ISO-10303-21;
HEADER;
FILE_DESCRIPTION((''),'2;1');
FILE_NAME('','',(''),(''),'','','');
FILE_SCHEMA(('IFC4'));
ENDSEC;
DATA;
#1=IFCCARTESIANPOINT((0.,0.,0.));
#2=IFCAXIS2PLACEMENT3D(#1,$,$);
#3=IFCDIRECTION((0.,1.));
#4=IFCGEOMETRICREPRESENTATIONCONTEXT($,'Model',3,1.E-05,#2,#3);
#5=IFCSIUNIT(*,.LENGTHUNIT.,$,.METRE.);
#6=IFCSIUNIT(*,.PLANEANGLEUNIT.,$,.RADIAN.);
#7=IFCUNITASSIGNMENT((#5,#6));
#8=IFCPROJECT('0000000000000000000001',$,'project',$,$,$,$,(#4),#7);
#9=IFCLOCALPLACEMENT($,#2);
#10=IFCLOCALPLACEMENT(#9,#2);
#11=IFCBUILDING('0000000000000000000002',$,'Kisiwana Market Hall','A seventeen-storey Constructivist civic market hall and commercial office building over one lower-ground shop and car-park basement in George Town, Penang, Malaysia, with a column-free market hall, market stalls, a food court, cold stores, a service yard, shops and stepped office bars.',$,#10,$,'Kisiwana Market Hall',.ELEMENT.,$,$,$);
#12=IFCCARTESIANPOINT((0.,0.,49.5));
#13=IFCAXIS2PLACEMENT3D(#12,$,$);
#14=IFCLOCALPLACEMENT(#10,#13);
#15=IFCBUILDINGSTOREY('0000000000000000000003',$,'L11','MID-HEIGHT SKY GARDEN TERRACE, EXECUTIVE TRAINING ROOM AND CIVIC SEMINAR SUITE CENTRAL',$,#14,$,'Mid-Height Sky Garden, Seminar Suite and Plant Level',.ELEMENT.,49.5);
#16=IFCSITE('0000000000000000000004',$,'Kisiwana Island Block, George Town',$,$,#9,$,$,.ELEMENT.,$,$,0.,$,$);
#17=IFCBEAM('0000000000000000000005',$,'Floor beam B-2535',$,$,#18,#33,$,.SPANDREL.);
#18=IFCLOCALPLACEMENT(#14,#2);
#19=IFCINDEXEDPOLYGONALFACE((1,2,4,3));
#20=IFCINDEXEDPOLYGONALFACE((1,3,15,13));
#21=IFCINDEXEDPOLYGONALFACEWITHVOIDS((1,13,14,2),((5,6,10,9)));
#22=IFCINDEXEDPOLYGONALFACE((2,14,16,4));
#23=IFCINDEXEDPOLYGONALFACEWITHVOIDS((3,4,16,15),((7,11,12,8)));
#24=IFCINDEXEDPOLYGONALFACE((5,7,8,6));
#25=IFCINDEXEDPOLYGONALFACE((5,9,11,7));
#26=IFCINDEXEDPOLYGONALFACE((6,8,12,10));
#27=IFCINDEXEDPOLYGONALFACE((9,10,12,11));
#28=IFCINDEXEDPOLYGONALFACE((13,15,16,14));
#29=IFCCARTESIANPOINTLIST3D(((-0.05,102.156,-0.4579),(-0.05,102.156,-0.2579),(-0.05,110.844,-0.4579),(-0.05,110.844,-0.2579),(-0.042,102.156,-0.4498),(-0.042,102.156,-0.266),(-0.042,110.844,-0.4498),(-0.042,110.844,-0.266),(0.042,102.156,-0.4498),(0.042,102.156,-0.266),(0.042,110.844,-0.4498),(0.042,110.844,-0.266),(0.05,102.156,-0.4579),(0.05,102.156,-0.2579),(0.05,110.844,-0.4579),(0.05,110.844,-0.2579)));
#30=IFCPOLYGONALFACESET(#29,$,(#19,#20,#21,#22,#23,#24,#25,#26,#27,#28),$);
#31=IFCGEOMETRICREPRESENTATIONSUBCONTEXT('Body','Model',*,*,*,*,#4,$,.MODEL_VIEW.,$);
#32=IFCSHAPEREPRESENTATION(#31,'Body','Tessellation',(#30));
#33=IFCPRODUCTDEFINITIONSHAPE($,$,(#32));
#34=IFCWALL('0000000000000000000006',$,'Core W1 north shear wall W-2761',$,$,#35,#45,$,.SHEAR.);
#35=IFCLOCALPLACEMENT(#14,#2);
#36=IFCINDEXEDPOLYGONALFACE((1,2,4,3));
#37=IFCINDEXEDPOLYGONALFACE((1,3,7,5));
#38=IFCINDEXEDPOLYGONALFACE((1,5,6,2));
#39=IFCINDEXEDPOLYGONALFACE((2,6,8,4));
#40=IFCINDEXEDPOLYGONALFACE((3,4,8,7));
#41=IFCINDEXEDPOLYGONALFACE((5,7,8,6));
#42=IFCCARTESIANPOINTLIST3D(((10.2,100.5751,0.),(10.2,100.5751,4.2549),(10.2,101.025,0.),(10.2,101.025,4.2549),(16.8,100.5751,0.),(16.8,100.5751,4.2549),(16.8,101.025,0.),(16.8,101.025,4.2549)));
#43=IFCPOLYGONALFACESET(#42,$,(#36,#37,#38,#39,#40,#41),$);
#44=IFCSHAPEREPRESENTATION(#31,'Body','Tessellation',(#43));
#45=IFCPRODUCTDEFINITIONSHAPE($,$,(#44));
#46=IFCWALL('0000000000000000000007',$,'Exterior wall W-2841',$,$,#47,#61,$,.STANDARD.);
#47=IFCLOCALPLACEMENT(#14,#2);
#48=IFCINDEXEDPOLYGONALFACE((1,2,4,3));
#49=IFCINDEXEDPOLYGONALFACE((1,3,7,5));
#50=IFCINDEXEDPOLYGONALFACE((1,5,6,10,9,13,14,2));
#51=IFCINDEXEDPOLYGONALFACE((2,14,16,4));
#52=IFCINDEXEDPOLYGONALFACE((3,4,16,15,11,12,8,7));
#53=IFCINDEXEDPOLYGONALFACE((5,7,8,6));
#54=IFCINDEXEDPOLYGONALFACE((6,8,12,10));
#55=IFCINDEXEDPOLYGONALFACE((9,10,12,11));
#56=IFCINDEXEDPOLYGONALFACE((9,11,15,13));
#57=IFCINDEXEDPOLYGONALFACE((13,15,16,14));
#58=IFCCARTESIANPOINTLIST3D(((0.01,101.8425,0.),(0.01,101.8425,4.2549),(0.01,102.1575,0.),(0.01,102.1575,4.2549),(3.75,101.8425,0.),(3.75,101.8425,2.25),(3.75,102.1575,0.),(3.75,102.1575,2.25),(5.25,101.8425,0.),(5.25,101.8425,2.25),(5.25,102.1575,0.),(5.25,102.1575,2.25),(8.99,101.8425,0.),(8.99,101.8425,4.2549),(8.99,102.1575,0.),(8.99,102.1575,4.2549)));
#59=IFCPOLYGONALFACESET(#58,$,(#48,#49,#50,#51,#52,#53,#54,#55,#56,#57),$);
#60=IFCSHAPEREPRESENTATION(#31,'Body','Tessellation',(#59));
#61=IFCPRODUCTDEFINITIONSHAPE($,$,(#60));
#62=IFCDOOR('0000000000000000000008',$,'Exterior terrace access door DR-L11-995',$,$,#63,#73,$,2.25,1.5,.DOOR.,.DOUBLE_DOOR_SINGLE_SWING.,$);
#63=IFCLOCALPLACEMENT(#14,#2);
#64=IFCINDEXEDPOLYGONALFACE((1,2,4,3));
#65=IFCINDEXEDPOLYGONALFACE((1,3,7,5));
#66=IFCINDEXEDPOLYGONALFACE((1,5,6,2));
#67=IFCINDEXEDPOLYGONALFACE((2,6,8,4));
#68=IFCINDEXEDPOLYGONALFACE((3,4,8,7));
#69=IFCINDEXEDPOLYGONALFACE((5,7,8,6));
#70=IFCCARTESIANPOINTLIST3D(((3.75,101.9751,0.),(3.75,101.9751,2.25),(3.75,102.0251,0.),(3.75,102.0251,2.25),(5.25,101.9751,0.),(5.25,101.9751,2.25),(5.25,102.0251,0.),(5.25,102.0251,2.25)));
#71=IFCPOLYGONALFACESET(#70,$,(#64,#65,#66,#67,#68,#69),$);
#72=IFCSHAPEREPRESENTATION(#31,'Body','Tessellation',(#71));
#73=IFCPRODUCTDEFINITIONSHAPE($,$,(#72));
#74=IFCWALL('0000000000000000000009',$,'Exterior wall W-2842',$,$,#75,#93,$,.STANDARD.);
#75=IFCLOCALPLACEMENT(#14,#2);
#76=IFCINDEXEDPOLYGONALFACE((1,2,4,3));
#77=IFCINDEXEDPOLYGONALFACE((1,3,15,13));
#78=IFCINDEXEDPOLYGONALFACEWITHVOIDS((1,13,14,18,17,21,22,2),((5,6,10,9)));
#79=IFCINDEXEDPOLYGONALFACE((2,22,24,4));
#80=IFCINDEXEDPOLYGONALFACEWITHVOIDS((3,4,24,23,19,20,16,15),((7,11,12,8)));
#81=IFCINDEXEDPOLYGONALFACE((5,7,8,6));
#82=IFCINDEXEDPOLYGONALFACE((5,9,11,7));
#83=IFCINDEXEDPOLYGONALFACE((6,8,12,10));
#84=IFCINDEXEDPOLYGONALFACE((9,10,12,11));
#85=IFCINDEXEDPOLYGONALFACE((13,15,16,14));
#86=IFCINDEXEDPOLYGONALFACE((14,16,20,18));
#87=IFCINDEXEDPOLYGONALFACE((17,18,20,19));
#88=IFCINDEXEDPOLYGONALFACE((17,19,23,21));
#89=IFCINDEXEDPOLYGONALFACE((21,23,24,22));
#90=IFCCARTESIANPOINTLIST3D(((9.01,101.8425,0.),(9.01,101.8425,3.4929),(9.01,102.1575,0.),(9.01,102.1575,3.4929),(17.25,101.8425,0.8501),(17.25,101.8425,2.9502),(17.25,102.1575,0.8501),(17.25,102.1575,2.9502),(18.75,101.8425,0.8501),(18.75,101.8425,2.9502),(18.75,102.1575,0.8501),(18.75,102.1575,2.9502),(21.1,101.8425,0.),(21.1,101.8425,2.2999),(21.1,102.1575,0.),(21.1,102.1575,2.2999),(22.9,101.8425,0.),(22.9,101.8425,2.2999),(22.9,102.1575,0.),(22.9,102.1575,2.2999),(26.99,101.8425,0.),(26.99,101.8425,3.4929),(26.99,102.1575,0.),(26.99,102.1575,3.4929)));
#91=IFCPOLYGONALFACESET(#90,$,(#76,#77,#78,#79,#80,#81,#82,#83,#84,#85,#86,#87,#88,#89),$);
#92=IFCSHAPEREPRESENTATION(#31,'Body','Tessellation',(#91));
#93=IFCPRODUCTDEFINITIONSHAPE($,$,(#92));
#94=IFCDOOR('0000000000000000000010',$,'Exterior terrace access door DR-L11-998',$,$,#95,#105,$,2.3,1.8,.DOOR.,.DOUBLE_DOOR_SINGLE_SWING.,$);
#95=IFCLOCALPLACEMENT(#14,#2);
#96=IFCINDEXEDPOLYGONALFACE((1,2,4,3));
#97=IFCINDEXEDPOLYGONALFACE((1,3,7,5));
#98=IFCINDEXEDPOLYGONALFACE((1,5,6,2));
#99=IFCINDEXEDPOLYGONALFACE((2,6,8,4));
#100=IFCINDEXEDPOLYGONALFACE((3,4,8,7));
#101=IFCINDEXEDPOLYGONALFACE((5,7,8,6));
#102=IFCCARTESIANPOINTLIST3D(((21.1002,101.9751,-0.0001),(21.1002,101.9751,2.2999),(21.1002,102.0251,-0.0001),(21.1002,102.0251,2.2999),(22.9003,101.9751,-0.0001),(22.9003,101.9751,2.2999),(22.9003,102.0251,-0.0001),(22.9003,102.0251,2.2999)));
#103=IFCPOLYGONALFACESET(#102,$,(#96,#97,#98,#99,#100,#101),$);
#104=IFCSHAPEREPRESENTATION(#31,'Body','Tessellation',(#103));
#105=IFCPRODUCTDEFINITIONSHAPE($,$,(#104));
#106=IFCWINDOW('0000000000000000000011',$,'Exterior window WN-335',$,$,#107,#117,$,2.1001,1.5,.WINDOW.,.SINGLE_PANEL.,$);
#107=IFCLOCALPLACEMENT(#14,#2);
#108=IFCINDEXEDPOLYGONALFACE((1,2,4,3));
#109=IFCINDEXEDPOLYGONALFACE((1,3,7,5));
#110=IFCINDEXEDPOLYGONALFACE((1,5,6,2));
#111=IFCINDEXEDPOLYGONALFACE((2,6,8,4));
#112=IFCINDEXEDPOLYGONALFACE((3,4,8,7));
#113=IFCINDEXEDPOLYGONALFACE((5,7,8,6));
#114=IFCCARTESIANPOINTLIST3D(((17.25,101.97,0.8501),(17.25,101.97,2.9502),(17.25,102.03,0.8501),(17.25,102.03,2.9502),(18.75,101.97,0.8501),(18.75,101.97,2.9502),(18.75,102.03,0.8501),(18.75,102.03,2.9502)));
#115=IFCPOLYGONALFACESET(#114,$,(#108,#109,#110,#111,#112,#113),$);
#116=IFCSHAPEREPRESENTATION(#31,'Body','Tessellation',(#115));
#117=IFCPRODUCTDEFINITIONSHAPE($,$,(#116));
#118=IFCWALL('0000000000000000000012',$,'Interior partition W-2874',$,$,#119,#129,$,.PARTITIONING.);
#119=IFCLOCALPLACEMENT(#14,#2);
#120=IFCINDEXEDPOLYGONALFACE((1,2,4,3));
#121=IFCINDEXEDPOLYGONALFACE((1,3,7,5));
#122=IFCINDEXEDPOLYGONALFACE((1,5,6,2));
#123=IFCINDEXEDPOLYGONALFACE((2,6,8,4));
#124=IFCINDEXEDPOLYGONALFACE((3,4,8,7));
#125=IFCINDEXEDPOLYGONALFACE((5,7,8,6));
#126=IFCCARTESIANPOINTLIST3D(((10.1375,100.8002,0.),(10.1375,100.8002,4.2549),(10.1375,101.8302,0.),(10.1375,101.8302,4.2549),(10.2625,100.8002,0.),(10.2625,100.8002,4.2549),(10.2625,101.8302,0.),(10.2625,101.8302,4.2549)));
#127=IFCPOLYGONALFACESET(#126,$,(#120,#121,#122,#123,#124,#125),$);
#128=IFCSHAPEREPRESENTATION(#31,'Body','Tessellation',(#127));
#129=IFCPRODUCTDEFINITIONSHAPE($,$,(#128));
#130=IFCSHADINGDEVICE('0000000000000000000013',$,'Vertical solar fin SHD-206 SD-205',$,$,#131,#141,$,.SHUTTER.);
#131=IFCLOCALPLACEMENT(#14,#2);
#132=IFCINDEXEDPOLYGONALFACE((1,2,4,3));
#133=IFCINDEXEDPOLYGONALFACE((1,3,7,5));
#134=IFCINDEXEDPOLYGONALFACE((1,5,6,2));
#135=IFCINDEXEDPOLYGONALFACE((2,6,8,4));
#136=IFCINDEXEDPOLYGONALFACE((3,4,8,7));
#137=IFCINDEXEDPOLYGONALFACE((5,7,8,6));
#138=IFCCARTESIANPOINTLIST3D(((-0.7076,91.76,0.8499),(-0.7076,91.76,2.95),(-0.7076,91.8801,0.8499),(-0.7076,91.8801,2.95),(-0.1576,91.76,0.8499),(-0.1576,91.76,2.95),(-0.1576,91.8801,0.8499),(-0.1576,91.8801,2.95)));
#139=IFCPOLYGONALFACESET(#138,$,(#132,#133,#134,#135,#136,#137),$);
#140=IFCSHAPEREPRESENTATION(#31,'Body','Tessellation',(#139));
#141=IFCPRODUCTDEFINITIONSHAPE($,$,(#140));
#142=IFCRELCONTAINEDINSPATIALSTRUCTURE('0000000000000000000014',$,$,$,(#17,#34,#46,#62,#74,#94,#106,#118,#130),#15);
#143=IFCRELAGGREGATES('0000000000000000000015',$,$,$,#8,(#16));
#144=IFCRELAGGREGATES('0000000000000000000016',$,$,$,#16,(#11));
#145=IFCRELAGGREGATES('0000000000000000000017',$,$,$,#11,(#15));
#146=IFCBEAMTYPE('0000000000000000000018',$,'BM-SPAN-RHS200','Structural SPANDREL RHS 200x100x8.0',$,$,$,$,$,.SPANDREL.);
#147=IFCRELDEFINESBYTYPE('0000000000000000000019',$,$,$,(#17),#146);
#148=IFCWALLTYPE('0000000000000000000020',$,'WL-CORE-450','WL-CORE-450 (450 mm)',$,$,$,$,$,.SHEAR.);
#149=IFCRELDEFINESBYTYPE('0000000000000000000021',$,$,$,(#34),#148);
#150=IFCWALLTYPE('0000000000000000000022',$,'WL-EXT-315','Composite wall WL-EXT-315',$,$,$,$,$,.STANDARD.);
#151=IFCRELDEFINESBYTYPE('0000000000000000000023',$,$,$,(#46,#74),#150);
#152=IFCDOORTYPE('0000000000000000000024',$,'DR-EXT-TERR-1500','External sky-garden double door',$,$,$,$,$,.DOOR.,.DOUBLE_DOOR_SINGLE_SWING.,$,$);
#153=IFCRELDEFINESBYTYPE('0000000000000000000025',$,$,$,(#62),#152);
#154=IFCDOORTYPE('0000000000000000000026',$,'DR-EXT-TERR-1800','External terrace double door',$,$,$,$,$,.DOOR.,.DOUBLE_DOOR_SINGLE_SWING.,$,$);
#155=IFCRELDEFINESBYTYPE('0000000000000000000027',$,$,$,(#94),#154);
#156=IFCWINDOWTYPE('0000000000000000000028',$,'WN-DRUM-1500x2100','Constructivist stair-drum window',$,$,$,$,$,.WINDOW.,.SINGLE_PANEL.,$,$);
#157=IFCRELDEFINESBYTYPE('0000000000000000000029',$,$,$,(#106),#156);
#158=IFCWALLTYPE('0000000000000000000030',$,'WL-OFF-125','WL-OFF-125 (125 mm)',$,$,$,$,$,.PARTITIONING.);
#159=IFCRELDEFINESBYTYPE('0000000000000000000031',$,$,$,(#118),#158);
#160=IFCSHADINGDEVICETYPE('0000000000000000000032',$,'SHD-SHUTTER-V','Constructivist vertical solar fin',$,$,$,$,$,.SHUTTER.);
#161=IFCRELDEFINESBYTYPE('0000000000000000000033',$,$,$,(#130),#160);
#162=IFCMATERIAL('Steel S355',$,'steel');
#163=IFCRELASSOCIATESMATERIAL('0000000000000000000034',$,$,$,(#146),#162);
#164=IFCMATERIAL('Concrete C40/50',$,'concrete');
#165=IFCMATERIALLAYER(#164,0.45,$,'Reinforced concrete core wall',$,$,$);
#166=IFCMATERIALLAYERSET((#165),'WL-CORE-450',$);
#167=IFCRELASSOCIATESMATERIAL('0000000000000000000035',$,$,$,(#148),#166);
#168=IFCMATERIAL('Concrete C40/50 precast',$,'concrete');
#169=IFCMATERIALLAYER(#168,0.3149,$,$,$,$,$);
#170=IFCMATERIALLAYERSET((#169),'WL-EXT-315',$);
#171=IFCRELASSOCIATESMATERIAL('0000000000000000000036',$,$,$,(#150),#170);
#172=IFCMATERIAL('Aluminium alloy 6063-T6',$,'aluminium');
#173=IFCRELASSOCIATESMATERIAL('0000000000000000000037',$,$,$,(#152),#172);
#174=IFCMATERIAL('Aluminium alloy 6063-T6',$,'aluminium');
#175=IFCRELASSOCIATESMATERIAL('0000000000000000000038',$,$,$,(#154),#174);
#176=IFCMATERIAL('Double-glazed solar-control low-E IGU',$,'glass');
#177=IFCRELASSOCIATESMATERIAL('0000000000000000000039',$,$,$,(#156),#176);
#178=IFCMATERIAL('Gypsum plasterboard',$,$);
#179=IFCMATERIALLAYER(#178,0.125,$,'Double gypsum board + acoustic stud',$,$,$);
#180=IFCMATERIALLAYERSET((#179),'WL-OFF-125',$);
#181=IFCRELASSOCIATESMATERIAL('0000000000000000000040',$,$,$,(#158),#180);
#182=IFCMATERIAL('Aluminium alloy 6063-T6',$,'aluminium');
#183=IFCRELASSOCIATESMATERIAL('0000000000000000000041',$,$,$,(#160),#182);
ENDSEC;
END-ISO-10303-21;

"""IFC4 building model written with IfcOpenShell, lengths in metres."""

from ifc_helpers import new_model, si_unit, direction, frame, frame_2d, origin, origin_2d, place, context, subcontext, project, spatial, rectangle, hollow_rectangle, extrude, material, layer, layer_set, material_profile, profile_set, type_object, element, fill, save


model = new_model("IFC4")

# Units and contexts
model_context = context("Model", 3, precision=1e-05, world=origin(), true_north=direction((0.0, 1.0)))
body_context = subcontext(model_context, "Body", "Model", "MODEL_VIEW")
ifc_project = project(units=[si_unit("LENGTHUNIT", "METRE"), si_unit("PLANEANGLEUNIT", "RADIAN")], contexts=[model_context])

# Site, building, storey
site_placement = place(None, origin())
site = spatial("IfcSite", under=ifc_project, at=site_placement, Name="Kisiwana Island Block, George Town", CompositionType="ELEMENT", RefElevation=0.0)
building_placement = place(site_placement, origin())
building = spatial("IfcBuilding", under=site, at=building_placement, Name="Kisiwana Market Hall", Description="A seventeen-storey Constructivist civic market hall and commercial office building over one lower-ground shop and car-park basement in George Town, Penang, Malaysia, with a column-free market hall, market stalls, a food court, cold stores, a service yard, shops and stepped office bars.", LongName="Kisiwana Market Hall", CompositionType="ELEMENT")
storey_placement = place(building_placement, frame((0.0, 0.0, 49.5)))
storey = spatial("IfcBuildingStorey", under=building, at=storey_placement, Name="L11", Description="MID-HEIGHT SKY GARDEN TERRACE, EXECUTIVE TRAINING ROOM AND CIVIC SEMINAR SUITE CENTRAL", LongName="Mid-Height Sky Garden, Seminar Suite and Plant Level", CompositionType="ELEMENT", Elevation=49.5)

# Beam
ifc_material_1 = material(Name="Steel S355", Category="steel")
ifc_material_profile_1 = material_profile(ifc_material_1, hollow_rectangle(XDim=0.1001, YDim=0.2, WallThickness=0.0081, at=origin_2d()), Name="RHS 200x100x8.0")
ifc_profile_set_1 = profile_set([ifc_material_profile_1], Name="Steel S355")
beam_type_1 = type_object("IfcBeamType", Name="BM-SPAN-RHS200", Description="Structural SPANDREL RHS 200x100x8.0", PredefinedType="SPANDREL", material=ifc_profile_set_1)
beam_1_placement = place(storey_placement, frame((0.0, 102.156, -0.3579), z_axis=(0.0, 1.0, 0.0), x_axis=(-1.0, 0.0, 0.0)))
element("IfcBeam", 1, at=beam_1_placement, inside=storey, type_object=beam_type_1, Name="Floor beam B-2535", PredefinedType="SPANDREL", context=body_context, shape_type="SweptSolid", body=[
    extrude(hollow_rectangle(XDim=0.1001, YDim=0.2, WallThickness=0.0081, at=origin_2d()), origin(), (0.0, 0.0, 1.0), 8.688),
])

# Wall
ifc_material_2 = material(Name="Concrete C40/50", Category="concrete")
ifc_layer_1 = layer(ifc_material_2, 0.45, Name="Reinforced concrete core wall")
ifc_layer_set_1 = layer_set([ifc_layer_1], Name="WL-CORE-450")
wall_type_1 = type_object("IfcWallType", Name="WL-CORE-450", Description="WL-CORE-450 (450 mm)", PredefinedType="SHEAR", material=ifc_layer_set_1)
wall_1_placement = place(storey_placement, frame((10.2, 100.8, 0.0), z_axis=(0.0, 0.0, 1.0), x_axis=(1.0, 0.0, 0.0)))
element("IfcWall", 2, at=wall_1_placement, inside=storey, type_object=wall_type_1, Name="Core W1 north shear wall W-2761", PredefinedType="SHEAR", context=body_context, shape_type="SweptSolid", body=[
    extrude(rectangle(XDim=6.6001, YDim=0.45, at=frame_2d((3.3, 0.0))), origin(), (0.0, 0.0, 1.0), 4.2549),
])

# Wall, opening, door
ifc_material_3 = material(Name="Concrete C40/50 precast", Category="concrete")
ifc_layer_2 = layer(ifc_material_3, 0.3149)
ifc_layer_set_2 = layer_set([ifc_layer_2], Name="WL-EXT-315")
wall_type_2 = type_object("IfcWallType", Name="WL-EXT-315", Description="Composite wall WL-EXT-315", PredefinedType="STANDARD", material=ifc_layer_set_2)
wall_2_placement = place(storey_placement, frame((0.01, 102.0, 0.0), z_axis=(0.0, 0.0, 1.0), x_axis=(1.0, 0.0, 0.0)))
wall_2 = element("IfcWall", 3, at=wall_2_placement, inside=storey, type_object=wall_type_2, Name="Exterior wall W-2841", PredefinedType="STANDARD", context=body_context, shape_type="SweptSolid", body=[
    extrude(rectangle(XDim=8.98, YDim=0.3149, at=frame_2d((4.49, 0.0))), origin(), (0.0, 0.0, 1.0), 4.2549),
])
opening_1_placement = place(wall_2_placement, frame((3.74, 0.0, 0.0)))
opening_1 = element("IfcOpeningElement", 4, at=opening_1_placement, cuts=wall_2, PredefinedType="OPENING", context=body_context, shape_type="SweptSolid", body=[
    extrude(rectangle(XDim=1.5, YDim=2.25, at=frame_2d((0.75, 1.125))), frame((0.0, 0.1694, 0.0), z_axis=(0.0, -1.0, 0.0), x_axis=(1.0, 0.0, 0.0)), (0.0, 0.0, 1.0), 0.3389),
])
ifc_material_4 = material(Name="Aluminium alloy 6063-T6", Category="aluminium")
door_type_1 = type_object("IfcDoorType", Name="DR-EXT-TERR-1500", Description="External sky-garden double door", OperationType="DOUBLE_DOOR_SINGLE_SWING", PredefinedType="DOOR", material=ifc_material_4)
door_1_placement = place(opening_1_placement, frame((1.5, 0.0, 0.0), z_axis=(0.0, 0.0, 1.0), x_axis=(-1.0, 0.0, 0.0)))
door_1 = element("IfcDoor", 5, at=door_1_placement, inside=storey, type_object=door_type_1, Name="Exterior terrace access door DR-L11-995", OperationType="DOUBLE_DOOR_SINGLE_SWING", OverallHeight=2.25, OverallWidth=1.5, PredefinedType="DOOR", context=body_context, shape_type="SweptSolid", body=[
    extrude(rectangle(XDim=1.5, YDim=2.25, at=frame_2d((0.75, 1.125))), frame((0.0, 0.0249, 0.0), z_axis=(0.0, -1.0, 0.0), x_axis=(1.0, 0.0, 0.0)), (0.0, 0.0, 1.0), 0.05),
])
fill(opening_1, door_1)

# Wall, openings, door, window
wall_3_placement = place(storey_placement, frame((9.01, 102.0, 0.0), z_axis=(0.0, 0.0, 1.0), x_axis=(1.0, 0.0, 0.0)))
wall_3 = element("IfcWall", 6, at=wall_3_placement, inside=storey, type_object=wall_type_2, Name="Exterior wall W-2842", PredefinedType="STANDARD", context=body_context, shape_type="SweptSolid", body=[
    extrude(rectangle(XDim=17.98, YDim=0.3149, at=frame_2d((8.99, 0.0))), origin(), (0.0, 0.0, 1.0), 3.4929),
])
opening_2_placement = place(wall_3_placement, frame((8.24, 0.0, 0.8501)))
opening_2 = element("IfcOpeningElement", 7, at=opening_2_placement, cuts=wall_3, PredefinedType="OPENING", context=body_context, shape_type="SweptSolid", body=[
    extrude(rectangle(XDim=1.5, YDim=2.1001, at=frame_2d((0.75, 1.05))), frame((0.0, 0.1694, 0.0), z_axis=(0.0, -1.0, 0.0), x_axis=(1.0, 0.0, 0.0)), (0.0, 0.0, 1.0), 0.3389),
])
opening_3_placement = place(wall_3_placement, frame((12.0901, 0.0, 0.0)))
opening_3 = element("IfcOpeningElement", 8, at=opening_3_placement, cuts=wall_3, PredefinedType="OPENING", context=body_context, shape_type="SweptSolid", body=[
    extrude(rectangle(XDim=1.8, YDim=2.3, at=frame_2d((0.8999, 1.1499))), frame((0.0, 0.1694, 0.0), z_axis=(0.0, -1.0, 0.0), x_axis=(1.0, 0.0, 0.0)), (0.0, 0.0, 1.0), 0.3389),
])
ifc_material_5 = material(Name="Aluminium alloy 6063-T6", Category="aluminium")
door_type_2 = type_object("IfcDoorType", Name="DR-EXT-TERR-1800", Description="External terrace double door", OperationType="DOUBLE_DOOR_SINGLE_SWING", PredefinedType="DOOR", material=ifc_material_5)
door_2_placement = place(opening_3_placement, frame((1.8, 0.0, 0.0), z_axis=(0.0, 0.0, 1.0), x_axis=(-1.0, 0.0, 0.0)))
door_2 = element("IfcDoor", 9, at=door_2_placement, inside=storey, type_object=door_type_2, Name="Exterior terrace access door DR-L11-998", OperationType="DOUBLE_DOOR_SINGLE_SWING", OverallHeight=2.3, OverallWidth=1.8, PredefinedType="DOOR", context=body_context, shape_type="SweptSolid", body=[
    extrude(rectangle(XDim=1.8, YDim=2.3, at=frame_2d((0.8999, 1.1499))), frame((0.0, 0.0249, 0.0), z_axis=(0.0, -1.0, 0.0), x_axis=(1.0, 0.0, 0.0)), (0.0, 0.0, 1.0), 0.05),
])
fill(opening_3, door_2)
ifc_material_6 = material(Name="Double-glazed solar-control low-E IGU", Category="glass")
window_type = type_object("IfcWindowType", Name="WN-DRUM-1500x2100", Description="Constructivist stair-drum window", PartitioningType="SINGLE_PANEL", PredefinedType="WINDOW", material=ifc_material_6)
window_placement = place(opening_2_placement, origin())
window = element("IfcWindow", 10, at=window_placement, inside=storey, type_object=window_type, Name="Exterior window WN-335", OverallHeight=2.1001, OverallWidth=1.5, PartitioningType="SINGLE_PANEL", PredefinedType="WINDOW", context=body_context, shape_type="SweptSolid", body=[
    extrude(rectangle(XDim=1.5, YDim=2.1001, at=frame_2d((0.75, 1.05))), frame((0.0, 0.03, 0.0), z_axis=(0.0, -1.0, 0.0), x_axis=(1.0, 0.0, 0.0)), (0.0, 0.0, 1.0), 0.0601),
])
fill(opening_2, window)

# Wall
ifc_material_7 = material(Name="Gypsum plasterboard")
ifc_layer_3 = layer(ifc_material_7, 0.125, Name="Double gypsum board + acoustic stud")
ifc_layer_set_3 = layer_set([ifc_layer_3], Name="WL-OFF-125")
wall_type_3 = type_object("IfcWallType", Name="WL-OFF-125", Description="WL-OFF-125 (125 mm)", PredefinedType="PARTITIONING", material=ifc_layer_set_3)
wall_4_placement = place(storey_placement, frame((10.2, 100.8, 0.0), z_axis=(0.0, 0.0, 1.0), x_axis=(0.0, 1.0, 0.0)))
element("IfcWall", 11, at=wall_4_placement, inside=storey, type_object=wall_type_3, Name="Interior partition W-2874", PredefinedType="PARTITIONING", context=body_context, shape_type="SweptSolid", body=[
    extrude(rectangle(XDim=1.03, YDim=0.125, at=frame_2d((0.5151, 0.0))), origin(), (0.0, 0.0, 1.0), 4.2549),
])

# Shading device
ifc_material_8 = material(Name="Aluminium alloy 6063-T6", Category="aluminium")
shading_device_type = type_object("IfcShadingDeviceType", Name="SHD-SHUTTER-V", Description="Constructivist vertical solar fin", PredefinedType="SHUTTER", material=ifc_material_8)
shading_device_placement = place(storey_placement, frame((-0.4326, 91.8201, 0.8499), z_axis=(0.0, 0.0, 1.0), x_axis=(0.0, 1.0, 0.0)))
element("IfcShadingDevice", 12, at=shading_device_placement, inside=storey, type_object=shading_device_type, Name="Vertical solar fin SHD-206 SD-205", PredefinedType="SHUTTER", context=body_context, shape_type="SweptSolid", body=[
    extrude(rectangle(XDim=0.1201, YDim=0.55, at=origin_2d()), origin(), (0.0, 0.0, 1.0), 2.1001),
])

save(model, "model.ifc")
